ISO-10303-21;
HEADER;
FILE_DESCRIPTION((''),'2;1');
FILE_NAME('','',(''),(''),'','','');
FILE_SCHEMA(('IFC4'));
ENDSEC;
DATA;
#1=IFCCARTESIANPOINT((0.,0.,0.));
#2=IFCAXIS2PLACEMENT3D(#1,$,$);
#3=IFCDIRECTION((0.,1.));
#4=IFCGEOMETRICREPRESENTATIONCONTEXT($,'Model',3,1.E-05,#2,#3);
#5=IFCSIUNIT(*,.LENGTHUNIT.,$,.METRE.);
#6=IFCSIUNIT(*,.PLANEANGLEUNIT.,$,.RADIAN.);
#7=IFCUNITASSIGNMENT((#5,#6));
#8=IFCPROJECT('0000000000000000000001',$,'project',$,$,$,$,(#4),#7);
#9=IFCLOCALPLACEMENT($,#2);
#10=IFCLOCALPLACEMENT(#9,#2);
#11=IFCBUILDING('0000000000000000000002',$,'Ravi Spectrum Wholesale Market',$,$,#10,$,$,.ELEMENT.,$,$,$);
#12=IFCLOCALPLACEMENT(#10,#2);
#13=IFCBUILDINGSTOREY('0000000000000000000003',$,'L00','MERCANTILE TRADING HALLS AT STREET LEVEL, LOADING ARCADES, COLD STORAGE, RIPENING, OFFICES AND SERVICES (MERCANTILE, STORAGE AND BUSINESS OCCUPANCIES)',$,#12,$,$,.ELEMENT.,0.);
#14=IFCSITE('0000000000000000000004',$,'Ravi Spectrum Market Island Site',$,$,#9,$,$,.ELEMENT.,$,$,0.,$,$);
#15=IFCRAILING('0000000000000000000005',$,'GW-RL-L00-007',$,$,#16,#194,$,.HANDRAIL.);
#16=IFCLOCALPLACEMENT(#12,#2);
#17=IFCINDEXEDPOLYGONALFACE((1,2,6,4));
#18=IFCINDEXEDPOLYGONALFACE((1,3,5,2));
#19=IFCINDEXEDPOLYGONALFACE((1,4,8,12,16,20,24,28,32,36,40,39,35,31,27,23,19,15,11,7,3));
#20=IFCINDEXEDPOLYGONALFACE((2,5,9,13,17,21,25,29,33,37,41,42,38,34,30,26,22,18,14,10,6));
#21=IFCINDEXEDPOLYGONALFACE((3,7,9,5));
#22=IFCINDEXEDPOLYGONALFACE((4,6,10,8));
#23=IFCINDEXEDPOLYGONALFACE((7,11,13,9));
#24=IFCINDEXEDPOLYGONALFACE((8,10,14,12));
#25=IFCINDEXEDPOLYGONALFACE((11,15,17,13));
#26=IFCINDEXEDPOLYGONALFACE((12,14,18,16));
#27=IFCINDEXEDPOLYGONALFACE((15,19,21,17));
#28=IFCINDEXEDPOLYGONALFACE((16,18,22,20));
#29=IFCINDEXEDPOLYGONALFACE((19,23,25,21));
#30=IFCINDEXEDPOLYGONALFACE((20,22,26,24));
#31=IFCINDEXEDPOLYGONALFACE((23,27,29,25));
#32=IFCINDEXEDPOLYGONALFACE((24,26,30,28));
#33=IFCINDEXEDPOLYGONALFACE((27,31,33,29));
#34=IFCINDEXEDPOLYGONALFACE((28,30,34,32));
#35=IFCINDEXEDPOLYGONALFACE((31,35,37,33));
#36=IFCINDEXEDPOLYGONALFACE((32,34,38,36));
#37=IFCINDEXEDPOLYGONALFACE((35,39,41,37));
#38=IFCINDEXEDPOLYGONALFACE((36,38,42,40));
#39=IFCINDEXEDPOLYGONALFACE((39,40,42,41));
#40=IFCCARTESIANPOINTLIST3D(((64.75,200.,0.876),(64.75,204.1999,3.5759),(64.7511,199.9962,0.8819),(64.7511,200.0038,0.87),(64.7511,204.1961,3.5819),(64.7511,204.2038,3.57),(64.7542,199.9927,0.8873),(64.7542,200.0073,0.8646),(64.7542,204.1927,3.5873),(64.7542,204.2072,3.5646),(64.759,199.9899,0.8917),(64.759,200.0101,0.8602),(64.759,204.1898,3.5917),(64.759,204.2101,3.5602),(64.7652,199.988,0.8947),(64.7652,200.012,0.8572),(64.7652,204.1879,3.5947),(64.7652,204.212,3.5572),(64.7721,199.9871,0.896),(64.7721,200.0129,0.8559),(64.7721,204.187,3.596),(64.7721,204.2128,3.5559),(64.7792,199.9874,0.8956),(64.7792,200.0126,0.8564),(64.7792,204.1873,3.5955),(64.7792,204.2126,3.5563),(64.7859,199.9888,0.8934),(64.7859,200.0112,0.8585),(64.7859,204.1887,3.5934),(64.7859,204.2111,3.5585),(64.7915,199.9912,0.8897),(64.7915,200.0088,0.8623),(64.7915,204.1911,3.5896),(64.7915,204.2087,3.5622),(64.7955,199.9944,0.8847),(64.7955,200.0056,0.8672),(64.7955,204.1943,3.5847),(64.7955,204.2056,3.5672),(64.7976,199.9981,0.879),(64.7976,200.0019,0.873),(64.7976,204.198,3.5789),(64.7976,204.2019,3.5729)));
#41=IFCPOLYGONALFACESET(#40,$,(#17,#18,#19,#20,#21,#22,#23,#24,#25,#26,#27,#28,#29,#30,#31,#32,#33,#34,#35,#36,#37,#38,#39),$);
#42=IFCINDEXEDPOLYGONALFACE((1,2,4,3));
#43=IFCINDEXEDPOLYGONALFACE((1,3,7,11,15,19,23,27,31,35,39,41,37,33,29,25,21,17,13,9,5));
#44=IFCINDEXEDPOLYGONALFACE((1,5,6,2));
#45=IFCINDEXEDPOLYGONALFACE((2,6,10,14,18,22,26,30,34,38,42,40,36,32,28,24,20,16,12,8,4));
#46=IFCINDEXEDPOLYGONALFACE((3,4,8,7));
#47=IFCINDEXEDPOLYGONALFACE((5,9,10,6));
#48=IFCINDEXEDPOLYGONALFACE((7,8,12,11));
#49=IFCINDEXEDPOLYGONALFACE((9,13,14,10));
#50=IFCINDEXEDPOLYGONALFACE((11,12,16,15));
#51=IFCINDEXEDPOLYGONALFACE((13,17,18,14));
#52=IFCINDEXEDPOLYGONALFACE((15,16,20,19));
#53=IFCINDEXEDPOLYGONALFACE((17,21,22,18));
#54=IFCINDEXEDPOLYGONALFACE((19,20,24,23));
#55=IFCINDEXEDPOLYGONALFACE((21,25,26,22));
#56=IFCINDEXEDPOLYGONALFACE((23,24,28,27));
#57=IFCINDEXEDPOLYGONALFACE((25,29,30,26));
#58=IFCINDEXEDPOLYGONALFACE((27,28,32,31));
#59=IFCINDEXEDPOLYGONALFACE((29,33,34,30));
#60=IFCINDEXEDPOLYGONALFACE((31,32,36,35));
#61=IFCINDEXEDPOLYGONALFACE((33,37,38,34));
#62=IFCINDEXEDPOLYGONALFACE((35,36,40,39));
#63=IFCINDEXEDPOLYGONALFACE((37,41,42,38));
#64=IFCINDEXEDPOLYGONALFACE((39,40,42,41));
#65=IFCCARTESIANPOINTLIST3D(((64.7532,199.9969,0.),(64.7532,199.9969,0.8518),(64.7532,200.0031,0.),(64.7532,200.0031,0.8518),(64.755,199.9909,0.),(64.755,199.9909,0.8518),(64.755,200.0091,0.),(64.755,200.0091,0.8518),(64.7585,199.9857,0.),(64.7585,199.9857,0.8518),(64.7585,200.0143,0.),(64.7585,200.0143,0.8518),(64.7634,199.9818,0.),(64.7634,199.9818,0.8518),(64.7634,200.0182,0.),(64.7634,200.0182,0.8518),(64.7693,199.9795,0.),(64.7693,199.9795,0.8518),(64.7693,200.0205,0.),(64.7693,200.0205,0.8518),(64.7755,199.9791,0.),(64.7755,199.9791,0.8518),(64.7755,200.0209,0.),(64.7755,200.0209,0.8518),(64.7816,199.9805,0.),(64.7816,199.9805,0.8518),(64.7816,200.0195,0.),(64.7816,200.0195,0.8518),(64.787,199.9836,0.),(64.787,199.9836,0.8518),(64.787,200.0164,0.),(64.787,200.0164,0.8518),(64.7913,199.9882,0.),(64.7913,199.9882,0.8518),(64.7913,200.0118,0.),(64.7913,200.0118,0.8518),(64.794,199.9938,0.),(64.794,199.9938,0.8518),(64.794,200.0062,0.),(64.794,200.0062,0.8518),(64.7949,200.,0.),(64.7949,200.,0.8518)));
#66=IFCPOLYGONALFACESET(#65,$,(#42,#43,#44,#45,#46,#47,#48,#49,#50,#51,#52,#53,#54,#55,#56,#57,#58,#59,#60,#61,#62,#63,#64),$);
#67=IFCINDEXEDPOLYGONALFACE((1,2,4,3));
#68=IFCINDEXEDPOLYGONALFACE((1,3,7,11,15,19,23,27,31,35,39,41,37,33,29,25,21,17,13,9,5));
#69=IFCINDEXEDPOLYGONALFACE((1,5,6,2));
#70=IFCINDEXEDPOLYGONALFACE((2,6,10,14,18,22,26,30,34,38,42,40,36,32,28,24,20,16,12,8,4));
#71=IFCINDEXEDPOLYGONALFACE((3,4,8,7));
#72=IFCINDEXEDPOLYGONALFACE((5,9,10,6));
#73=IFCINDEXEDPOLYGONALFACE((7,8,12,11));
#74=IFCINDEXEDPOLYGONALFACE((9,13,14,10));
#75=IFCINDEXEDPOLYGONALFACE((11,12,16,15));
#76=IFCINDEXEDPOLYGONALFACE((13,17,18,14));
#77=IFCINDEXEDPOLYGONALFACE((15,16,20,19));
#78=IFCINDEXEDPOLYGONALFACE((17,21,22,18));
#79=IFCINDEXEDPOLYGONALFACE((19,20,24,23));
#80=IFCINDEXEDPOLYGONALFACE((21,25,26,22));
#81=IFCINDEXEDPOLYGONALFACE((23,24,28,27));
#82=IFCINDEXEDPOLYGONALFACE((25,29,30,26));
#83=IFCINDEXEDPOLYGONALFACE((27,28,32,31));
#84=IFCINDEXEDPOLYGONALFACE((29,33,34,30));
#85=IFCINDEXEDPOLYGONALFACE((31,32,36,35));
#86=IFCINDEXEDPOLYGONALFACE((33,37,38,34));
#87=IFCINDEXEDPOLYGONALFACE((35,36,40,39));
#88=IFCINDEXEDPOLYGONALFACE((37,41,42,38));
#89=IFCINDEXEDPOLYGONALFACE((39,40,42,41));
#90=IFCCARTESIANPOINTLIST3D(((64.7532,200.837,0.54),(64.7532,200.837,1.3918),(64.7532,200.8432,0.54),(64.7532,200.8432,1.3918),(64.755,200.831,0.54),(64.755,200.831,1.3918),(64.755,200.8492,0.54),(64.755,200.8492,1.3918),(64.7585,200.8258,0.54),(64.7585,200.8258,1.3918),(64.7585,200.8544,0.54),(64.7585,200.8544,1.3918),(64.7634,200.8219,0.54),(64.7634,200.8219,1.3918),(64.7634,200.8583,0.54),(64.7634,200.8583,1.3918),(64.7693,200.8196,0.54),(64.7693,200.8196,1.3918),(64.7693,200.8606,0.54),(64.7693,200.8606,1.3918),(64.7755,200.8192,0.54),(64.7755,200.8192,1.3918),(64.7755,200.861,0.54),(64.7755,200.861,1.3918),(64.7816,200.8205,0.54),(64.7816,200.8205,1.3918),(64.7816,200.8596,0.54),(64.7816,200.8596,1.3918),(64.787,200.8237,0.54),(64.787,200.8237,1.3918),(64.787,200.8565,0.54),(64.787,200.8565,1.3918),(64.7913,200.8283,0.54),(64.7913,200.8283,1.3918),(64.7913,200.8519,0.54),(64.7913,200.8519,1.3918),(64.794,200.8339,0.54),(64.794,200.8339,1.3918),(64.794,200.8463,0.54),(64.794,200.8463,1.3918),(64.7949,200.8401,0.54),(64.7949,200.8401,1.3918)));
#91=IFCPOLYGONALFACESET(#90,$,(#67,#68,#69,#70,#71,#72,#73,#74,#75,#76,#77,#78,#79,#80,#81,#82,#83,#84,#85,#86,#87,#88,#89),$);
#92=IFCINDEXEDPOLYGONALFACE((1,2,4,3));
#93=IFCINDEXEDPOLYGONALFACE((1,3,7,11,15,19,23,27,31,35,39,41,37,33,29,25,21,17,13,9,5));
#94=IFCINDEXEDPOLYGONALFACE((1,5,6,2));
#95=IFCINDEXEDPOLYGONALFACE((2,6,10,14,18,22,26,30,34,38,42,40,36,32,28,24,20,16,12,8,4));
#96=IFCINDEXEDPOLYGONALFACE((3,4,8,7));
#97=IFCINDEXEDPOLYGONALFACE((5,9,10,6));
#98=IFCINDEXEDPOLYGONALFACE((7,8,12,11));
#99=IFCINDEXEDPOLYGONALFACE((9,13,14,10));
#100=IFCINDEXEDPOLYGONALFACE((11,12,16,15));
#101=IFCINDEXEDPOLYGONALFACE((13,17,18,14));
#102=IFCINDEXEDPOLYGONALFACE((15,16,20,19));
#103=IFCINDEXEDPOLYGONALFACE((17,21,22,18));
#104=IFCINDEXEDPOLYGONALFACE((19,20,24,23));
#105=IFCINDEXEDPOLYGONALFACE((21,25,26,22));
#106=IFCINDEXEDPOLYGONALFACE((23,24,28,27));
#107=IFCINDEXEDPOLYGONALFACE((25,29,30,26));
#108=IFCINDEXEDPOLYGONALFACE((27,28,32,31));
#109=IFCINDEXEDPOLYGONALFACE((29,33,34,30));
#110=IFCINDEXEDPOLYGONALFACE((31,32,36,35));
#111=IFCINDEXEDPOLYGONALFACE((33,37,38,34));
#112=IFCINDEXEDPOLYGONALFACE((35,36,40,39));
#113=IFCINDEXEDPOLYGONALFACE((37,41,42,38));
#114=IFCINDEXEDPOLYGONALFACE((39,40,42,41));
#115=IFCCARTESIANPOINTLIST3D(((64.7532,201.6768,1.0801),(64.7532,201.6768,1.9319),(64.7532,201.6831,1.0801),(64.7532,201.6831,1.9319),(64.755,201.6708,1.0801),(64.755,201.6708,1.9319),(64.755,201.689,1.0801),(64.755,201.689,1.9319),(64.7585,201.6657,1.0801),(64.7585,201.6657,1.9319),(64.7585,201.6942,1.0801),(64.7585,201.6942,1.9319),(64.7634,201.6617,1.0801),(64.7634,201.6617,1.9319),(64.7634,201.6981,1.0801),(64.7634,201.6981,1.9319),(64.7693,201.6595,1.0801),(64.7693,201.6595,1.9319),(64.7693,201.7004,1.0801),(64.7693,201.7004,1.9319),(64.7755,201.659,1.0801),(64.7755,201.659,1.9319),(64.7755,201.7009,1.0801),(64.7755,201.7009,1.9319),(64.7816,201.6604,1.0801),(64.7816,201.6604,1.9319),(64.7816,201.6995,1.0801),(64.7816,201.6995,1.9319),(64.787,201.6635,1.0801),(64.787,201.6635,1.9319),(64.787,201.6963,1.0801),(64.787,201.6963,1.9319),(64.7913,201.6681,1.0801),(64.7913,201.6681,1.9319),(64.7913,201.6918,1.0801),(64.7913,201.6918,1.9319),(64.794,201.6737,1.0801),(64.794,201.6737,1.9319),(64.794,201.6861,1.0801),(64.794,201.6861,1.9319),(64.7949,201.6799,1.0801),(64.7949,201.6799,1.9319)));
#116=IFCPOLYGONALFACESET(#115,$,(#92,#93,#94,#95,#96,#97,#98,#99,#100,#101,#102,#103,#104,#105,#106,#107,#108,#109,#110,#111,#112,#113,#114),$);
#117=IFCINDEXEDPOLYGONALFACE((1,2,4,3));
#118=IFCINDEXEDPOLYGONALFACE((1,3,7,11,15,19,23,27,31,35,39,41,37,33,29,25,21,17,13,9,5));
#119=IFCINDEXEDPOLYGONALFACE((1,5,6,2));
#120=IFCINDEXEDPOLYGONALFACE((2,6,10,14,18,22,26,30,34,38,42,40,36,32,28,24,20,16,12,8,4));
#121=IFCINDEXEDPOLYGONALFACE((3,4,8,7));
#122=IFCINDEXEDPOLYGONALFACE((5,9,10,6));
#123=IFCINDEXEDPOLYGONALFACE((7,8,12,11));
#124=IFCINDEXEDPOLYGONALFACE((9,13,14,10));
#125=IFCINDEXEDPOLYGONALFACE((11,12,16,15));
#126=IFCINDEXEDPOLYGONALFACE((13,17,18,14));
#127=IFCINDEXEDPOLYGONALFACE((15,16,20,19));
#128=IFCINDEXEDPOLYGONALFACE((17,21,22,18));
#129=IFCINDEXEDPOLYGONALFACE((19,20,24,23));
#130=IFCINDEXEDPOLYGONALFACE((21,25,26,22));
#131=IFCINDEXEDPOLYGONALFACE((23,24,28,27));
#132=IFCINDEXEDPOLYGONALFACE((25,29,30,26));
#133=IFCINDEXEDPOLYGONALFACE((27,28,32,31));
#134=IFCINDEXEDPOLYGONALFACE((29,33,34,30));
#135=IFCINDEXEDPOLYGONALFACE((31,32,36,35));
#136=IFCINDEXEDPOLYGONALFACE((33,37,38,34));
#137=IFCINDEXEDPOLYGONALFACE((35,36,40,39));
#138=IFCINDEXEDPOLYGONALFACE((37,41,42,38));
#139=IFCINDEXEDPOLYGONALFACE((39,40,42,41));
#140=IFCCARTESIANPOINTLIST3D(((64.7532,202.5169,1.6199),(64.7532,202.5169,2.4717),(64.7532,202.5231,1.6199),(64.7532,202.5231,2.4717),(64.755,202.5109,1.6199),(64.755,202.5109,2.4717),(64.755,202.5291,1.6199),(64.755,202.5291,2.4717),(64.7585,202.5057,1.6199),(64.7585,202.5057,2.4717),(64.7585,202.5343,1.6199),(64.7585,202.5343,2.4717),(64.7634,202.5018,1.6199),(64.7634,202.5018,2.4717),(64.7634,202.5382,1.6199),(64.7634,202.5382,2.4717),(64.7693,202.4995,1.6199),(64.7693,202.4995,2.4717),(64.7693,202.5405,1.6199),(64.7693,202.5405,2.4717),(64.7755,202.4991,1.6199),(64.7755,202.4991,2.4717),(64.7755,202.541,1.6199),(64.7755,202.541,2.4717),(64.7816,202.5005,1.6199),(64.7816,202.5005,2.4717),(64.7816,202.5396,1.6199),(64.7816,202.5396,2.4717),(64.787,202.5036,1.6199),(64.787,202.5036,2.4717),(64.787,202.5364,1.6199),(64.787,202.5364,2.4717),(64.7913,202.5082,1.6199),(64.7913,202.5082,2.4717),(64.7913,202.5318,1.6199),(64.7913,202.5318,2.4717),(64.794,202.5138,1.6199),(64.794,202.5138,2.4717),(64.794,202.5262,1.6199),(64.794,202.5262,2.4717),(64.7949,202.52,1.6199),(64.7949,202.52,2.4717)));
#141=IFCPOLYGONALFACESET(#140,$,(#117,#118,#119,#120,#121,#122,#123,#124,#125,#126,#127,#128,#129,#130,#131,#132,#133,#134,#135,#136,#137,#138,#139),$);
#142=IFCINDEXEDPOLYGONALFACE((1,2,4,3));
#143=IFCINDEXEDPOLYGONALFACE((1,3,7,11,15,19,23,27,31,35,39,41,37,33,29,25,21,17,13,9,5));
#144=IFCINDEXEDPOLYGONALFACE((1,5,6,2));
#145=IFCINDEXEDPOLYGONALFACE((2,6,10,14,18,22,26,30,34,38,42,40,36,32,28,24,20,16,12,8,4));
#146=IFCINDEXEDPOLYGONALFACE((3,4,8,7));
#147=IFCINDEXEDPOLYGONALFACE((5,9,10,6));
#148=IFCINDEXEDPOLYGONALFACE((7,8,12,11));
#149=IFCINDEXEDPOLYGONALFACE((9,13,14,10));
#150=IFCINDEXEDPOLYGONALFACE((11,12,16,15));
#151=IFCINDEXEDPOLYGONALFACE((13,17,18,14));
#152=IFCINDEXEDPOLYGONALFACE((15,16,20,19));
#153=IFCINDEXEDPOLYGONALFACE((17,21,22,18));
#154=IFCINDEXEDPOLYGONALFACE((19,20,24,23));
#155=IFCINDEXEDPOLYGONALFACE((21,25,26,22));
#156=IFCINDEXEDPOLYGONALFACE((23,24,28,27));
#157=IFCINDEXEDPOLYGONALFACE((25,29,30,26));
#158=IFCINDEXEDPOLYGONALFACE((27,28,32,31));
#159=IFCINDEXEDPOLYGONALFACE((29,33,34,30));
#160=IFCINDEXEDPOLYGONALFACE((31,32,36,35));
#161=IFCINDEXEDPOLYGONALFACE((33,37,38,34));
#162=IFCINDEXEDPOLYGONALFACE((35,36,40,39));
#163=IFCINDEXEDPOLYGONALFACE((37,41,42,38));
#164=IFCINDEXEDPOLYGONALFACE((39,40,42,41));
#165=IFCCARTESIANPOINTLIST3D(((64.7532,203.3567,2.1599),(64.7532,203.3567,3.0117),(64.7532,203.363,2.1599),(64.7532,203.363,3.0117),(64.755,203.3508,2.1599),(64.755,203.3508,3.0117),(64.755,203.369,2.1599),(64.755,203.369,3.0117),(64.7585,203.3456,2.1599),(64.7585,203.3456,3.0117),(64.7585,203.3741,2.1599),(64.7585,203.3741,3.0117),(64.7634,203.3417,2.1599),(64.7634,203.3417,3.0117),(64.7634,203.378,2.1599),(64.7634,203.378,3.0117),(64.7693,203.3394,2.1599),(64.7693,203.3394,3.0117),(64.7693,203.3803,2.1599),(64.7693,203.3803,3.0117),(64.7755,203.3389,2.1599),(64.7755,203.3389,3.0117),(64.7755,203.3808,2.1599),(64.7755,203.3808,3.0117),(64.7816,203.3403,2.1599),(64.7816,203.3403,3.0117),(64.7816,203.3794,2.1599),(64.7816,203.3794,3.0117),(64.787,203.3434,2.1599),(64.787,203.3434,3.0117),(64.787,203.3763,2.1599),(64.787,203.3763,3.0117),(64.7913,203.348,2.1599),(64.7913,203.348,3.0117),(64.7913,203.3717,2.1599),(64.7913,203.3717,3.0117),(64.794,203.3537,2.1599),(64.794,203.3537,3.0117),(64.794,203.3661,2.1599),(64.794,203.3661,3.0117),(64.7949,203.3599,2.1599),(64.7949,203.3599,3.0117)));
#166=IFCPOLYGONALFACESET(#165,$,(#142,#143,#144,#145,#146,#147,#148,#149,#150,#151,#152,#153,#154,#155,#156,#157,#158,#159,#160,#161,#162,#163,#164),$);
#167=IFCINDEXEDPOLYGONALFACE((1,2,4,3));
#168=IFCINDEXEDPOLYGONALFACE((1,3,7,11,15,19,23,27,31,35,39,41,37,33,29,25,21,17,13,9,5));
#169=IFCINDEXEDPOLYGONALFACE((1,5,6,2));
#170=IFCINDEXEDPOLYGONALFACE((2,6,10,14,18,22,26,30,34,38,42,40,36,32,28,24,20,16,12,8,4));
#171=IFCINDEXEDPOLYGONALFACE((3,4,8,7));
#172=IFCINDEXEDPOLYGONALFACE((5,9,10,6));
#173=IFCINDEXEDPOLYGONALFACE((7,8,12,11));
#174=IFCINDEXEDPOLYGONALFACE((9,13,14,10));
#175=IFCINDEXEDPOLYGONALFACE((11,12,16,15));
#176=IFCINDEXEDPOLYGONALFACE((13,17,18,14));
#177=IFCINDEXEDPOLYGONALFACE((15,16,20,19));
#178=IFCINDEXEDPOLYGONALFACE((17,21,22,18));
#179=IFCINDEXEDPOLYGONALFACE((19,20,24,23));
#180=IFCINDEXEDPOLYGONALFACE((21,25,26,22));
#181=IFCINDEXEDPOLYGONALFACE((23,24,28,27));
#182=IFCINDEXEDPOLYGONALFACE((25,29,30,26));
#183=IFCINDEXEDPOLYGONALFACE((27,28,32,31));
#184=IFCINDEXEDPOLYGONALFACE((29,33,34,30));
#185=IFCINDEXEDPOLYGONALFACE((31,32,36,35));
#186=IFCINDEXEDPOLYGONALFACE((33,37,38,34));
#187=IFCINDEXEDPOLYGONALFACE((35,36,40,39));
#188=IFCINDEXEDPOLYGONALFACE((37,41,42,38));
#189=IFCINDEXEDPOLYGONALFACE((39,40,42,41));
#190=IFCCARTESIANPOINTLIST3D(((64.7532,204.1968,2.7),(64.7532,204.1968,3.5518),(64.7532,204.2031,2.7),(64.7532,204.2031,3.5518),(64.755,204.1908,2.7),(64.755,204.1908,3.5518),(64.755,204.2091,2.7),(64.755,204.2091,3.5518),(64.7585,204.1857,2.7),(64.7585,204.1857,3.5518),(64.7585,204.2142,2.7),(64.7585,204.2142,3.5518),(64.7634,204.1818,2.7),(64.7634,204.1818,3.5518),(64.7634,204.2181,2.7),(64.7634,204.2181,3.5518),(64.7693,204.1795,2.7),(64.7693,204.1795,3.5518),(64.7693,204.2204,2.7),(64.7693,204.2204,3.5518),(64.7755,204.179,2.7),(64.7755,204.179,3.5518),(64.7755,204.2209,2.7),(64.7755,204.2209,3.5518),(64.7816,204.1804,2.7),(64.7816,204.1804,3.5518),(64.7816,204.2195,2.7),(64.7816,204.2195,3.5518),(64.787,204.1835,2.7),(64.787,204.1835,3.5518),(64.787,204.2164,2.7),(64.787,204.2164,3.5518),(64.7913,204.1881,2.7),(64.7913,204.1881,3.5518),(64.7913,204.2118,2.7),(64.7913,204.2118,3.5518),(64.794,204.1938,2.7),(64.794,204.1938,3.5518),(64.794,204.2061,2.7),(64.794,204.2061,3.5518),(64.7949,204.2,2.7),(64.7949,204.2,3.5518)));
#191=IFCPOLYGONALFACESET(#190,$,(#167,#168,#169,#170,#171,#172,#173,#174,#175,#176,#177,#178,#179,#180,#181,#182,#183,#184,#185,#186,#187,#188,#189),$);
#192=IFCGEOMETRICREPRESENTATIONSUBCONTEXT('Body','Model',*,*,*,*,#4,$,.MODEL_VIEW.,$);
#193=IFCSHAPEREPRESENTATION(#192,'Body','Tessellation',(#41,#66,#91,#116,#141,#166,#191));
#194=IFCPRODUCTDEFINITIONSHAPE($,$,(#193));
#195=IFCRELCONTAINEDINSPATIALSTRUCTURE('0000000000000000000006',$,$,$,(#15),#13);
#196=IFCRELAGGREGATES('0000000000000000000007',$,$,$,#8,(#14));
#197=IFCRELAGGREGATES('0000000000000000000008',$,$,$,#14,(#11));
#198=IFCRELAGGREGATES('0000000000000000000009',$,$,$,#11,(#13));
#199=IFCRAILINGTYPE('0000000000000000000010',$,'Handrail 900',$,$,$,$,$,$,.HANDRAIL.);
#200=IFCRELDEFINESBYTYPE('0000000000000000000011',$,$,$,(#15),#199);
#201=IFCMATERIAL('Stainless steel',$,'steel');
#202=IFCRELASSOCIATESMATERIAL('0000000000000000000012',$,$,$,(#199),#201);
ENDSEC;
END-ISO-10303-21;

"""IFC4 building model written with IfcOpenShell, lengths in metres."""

from ifc_helpers import new_model, si_unit, direction, frame, origin, origin_2d, place, context, subcontext, project, spatial, circle, extrude, material, type_object, element, save


model = new_model("IFC4")

# Units and contexts
model_context = context("Model", 3, precision=1e-05, world=origin(), true_north=direction((0.0, 1.0)))
body_context = subcontext(model_context, "Body", "Model", "MODEL_VIEW")
ifc_project = project(units=[si_unit("LENGTHUNIT", "METRE"), si_unit("PLANEANGLEUNIT", "RADIAN")], contexts=[model_context])

# Site, building, storey
site_placement = place(None, origin())
site = spatial("IfcSite", under=ifc_project, at=site_placement, Name="Ravi Spectrum Market Island Site", CompositionType="ELEMENT", RefElevation=0.0)
building_placement = place(site_placement, origin())
building = spatial("IfcBuilding", under=site, at=building_placement, Name="Ravi Spectrum Wholesale Market", CompositionType="ELEMENT")
storey_placement = place(building_placement, origin())
storey = spatial("IfcBuildingStorey", under=building, at=storey_placement, Name="L00", Description="MERCANTILE TRADING HALLS AT STREET LEVEL, LOADING ARCADES, COLD STORAGE, RIPENING, OFFICES AND SERVICES (MERCANTILE, STORAGE AND BUSINESS OCCUPANCIES)", CompositionType="ELEMENT", Elevation=0.0)

# Railing
ifc_material_1 = material(Name="Stainless steel", Category="steel")
railing_type_1 = type_object("IfcRailingType", Name="Handrail 900", PredefinedType="HANDRAIL", material=ifc_material_1)
for number, where, name in (
    (1, (64.7739, 200.0, 0.0), "GW-RL-L00-007"),
):
    element("IfcRailing", number, at=place(storey_placement, frame(where)), inside=storey, type_object=railing_type_1, Name=name, PredefinedType="HANDRAIL", context=body_context, shape_type="SweptSolid", body=[
        extrude(circle(Radius=0.0239, at=origin_2d()), frame((0.0, 0.0, 0.876), z_axis=(0.0, 0.84118, 0.540755), x_axis=(-1.0, 0.0, 0.0)), (0.0, 0.0, 1.0), 4.9929),
        extrude(circle(Radius=0.021, at=origin_2d()), origin(), (0.0, 0.0, 1.0), 0.8518),
        extrude(circle(Radius=0.021, at=origin_2d()), frame((0.0, 0.8401, 0.54)), (0.0, 0.0, 1.0), 0.8518),
        extrude(circle(Radius=0.021, at=origin_2d()), frame((0.0, 1.6799, 1.0801)), (0.0, 0.0, 1.0), 0.8518),
        extrude(circle(Radius=0.021, at=origin_2d()), frame((0.0, 2.52, 1.6199)), (0.0, 0.0, 1.0), 0.8518),
        extrude(circle(Radius=0.021, at=origin_2d()), frame((0.0, 3.3599, 2.1599)), (0.0, 0.0, 1.0), 0.8518),
        extrude(circle(Radius=0.021, at=origin_2d()), frame((0.0, 4.2, 2.7)), (0.0, 0.0, 1.0), 0.8518),
    ])

save(model, "model.ifc")
